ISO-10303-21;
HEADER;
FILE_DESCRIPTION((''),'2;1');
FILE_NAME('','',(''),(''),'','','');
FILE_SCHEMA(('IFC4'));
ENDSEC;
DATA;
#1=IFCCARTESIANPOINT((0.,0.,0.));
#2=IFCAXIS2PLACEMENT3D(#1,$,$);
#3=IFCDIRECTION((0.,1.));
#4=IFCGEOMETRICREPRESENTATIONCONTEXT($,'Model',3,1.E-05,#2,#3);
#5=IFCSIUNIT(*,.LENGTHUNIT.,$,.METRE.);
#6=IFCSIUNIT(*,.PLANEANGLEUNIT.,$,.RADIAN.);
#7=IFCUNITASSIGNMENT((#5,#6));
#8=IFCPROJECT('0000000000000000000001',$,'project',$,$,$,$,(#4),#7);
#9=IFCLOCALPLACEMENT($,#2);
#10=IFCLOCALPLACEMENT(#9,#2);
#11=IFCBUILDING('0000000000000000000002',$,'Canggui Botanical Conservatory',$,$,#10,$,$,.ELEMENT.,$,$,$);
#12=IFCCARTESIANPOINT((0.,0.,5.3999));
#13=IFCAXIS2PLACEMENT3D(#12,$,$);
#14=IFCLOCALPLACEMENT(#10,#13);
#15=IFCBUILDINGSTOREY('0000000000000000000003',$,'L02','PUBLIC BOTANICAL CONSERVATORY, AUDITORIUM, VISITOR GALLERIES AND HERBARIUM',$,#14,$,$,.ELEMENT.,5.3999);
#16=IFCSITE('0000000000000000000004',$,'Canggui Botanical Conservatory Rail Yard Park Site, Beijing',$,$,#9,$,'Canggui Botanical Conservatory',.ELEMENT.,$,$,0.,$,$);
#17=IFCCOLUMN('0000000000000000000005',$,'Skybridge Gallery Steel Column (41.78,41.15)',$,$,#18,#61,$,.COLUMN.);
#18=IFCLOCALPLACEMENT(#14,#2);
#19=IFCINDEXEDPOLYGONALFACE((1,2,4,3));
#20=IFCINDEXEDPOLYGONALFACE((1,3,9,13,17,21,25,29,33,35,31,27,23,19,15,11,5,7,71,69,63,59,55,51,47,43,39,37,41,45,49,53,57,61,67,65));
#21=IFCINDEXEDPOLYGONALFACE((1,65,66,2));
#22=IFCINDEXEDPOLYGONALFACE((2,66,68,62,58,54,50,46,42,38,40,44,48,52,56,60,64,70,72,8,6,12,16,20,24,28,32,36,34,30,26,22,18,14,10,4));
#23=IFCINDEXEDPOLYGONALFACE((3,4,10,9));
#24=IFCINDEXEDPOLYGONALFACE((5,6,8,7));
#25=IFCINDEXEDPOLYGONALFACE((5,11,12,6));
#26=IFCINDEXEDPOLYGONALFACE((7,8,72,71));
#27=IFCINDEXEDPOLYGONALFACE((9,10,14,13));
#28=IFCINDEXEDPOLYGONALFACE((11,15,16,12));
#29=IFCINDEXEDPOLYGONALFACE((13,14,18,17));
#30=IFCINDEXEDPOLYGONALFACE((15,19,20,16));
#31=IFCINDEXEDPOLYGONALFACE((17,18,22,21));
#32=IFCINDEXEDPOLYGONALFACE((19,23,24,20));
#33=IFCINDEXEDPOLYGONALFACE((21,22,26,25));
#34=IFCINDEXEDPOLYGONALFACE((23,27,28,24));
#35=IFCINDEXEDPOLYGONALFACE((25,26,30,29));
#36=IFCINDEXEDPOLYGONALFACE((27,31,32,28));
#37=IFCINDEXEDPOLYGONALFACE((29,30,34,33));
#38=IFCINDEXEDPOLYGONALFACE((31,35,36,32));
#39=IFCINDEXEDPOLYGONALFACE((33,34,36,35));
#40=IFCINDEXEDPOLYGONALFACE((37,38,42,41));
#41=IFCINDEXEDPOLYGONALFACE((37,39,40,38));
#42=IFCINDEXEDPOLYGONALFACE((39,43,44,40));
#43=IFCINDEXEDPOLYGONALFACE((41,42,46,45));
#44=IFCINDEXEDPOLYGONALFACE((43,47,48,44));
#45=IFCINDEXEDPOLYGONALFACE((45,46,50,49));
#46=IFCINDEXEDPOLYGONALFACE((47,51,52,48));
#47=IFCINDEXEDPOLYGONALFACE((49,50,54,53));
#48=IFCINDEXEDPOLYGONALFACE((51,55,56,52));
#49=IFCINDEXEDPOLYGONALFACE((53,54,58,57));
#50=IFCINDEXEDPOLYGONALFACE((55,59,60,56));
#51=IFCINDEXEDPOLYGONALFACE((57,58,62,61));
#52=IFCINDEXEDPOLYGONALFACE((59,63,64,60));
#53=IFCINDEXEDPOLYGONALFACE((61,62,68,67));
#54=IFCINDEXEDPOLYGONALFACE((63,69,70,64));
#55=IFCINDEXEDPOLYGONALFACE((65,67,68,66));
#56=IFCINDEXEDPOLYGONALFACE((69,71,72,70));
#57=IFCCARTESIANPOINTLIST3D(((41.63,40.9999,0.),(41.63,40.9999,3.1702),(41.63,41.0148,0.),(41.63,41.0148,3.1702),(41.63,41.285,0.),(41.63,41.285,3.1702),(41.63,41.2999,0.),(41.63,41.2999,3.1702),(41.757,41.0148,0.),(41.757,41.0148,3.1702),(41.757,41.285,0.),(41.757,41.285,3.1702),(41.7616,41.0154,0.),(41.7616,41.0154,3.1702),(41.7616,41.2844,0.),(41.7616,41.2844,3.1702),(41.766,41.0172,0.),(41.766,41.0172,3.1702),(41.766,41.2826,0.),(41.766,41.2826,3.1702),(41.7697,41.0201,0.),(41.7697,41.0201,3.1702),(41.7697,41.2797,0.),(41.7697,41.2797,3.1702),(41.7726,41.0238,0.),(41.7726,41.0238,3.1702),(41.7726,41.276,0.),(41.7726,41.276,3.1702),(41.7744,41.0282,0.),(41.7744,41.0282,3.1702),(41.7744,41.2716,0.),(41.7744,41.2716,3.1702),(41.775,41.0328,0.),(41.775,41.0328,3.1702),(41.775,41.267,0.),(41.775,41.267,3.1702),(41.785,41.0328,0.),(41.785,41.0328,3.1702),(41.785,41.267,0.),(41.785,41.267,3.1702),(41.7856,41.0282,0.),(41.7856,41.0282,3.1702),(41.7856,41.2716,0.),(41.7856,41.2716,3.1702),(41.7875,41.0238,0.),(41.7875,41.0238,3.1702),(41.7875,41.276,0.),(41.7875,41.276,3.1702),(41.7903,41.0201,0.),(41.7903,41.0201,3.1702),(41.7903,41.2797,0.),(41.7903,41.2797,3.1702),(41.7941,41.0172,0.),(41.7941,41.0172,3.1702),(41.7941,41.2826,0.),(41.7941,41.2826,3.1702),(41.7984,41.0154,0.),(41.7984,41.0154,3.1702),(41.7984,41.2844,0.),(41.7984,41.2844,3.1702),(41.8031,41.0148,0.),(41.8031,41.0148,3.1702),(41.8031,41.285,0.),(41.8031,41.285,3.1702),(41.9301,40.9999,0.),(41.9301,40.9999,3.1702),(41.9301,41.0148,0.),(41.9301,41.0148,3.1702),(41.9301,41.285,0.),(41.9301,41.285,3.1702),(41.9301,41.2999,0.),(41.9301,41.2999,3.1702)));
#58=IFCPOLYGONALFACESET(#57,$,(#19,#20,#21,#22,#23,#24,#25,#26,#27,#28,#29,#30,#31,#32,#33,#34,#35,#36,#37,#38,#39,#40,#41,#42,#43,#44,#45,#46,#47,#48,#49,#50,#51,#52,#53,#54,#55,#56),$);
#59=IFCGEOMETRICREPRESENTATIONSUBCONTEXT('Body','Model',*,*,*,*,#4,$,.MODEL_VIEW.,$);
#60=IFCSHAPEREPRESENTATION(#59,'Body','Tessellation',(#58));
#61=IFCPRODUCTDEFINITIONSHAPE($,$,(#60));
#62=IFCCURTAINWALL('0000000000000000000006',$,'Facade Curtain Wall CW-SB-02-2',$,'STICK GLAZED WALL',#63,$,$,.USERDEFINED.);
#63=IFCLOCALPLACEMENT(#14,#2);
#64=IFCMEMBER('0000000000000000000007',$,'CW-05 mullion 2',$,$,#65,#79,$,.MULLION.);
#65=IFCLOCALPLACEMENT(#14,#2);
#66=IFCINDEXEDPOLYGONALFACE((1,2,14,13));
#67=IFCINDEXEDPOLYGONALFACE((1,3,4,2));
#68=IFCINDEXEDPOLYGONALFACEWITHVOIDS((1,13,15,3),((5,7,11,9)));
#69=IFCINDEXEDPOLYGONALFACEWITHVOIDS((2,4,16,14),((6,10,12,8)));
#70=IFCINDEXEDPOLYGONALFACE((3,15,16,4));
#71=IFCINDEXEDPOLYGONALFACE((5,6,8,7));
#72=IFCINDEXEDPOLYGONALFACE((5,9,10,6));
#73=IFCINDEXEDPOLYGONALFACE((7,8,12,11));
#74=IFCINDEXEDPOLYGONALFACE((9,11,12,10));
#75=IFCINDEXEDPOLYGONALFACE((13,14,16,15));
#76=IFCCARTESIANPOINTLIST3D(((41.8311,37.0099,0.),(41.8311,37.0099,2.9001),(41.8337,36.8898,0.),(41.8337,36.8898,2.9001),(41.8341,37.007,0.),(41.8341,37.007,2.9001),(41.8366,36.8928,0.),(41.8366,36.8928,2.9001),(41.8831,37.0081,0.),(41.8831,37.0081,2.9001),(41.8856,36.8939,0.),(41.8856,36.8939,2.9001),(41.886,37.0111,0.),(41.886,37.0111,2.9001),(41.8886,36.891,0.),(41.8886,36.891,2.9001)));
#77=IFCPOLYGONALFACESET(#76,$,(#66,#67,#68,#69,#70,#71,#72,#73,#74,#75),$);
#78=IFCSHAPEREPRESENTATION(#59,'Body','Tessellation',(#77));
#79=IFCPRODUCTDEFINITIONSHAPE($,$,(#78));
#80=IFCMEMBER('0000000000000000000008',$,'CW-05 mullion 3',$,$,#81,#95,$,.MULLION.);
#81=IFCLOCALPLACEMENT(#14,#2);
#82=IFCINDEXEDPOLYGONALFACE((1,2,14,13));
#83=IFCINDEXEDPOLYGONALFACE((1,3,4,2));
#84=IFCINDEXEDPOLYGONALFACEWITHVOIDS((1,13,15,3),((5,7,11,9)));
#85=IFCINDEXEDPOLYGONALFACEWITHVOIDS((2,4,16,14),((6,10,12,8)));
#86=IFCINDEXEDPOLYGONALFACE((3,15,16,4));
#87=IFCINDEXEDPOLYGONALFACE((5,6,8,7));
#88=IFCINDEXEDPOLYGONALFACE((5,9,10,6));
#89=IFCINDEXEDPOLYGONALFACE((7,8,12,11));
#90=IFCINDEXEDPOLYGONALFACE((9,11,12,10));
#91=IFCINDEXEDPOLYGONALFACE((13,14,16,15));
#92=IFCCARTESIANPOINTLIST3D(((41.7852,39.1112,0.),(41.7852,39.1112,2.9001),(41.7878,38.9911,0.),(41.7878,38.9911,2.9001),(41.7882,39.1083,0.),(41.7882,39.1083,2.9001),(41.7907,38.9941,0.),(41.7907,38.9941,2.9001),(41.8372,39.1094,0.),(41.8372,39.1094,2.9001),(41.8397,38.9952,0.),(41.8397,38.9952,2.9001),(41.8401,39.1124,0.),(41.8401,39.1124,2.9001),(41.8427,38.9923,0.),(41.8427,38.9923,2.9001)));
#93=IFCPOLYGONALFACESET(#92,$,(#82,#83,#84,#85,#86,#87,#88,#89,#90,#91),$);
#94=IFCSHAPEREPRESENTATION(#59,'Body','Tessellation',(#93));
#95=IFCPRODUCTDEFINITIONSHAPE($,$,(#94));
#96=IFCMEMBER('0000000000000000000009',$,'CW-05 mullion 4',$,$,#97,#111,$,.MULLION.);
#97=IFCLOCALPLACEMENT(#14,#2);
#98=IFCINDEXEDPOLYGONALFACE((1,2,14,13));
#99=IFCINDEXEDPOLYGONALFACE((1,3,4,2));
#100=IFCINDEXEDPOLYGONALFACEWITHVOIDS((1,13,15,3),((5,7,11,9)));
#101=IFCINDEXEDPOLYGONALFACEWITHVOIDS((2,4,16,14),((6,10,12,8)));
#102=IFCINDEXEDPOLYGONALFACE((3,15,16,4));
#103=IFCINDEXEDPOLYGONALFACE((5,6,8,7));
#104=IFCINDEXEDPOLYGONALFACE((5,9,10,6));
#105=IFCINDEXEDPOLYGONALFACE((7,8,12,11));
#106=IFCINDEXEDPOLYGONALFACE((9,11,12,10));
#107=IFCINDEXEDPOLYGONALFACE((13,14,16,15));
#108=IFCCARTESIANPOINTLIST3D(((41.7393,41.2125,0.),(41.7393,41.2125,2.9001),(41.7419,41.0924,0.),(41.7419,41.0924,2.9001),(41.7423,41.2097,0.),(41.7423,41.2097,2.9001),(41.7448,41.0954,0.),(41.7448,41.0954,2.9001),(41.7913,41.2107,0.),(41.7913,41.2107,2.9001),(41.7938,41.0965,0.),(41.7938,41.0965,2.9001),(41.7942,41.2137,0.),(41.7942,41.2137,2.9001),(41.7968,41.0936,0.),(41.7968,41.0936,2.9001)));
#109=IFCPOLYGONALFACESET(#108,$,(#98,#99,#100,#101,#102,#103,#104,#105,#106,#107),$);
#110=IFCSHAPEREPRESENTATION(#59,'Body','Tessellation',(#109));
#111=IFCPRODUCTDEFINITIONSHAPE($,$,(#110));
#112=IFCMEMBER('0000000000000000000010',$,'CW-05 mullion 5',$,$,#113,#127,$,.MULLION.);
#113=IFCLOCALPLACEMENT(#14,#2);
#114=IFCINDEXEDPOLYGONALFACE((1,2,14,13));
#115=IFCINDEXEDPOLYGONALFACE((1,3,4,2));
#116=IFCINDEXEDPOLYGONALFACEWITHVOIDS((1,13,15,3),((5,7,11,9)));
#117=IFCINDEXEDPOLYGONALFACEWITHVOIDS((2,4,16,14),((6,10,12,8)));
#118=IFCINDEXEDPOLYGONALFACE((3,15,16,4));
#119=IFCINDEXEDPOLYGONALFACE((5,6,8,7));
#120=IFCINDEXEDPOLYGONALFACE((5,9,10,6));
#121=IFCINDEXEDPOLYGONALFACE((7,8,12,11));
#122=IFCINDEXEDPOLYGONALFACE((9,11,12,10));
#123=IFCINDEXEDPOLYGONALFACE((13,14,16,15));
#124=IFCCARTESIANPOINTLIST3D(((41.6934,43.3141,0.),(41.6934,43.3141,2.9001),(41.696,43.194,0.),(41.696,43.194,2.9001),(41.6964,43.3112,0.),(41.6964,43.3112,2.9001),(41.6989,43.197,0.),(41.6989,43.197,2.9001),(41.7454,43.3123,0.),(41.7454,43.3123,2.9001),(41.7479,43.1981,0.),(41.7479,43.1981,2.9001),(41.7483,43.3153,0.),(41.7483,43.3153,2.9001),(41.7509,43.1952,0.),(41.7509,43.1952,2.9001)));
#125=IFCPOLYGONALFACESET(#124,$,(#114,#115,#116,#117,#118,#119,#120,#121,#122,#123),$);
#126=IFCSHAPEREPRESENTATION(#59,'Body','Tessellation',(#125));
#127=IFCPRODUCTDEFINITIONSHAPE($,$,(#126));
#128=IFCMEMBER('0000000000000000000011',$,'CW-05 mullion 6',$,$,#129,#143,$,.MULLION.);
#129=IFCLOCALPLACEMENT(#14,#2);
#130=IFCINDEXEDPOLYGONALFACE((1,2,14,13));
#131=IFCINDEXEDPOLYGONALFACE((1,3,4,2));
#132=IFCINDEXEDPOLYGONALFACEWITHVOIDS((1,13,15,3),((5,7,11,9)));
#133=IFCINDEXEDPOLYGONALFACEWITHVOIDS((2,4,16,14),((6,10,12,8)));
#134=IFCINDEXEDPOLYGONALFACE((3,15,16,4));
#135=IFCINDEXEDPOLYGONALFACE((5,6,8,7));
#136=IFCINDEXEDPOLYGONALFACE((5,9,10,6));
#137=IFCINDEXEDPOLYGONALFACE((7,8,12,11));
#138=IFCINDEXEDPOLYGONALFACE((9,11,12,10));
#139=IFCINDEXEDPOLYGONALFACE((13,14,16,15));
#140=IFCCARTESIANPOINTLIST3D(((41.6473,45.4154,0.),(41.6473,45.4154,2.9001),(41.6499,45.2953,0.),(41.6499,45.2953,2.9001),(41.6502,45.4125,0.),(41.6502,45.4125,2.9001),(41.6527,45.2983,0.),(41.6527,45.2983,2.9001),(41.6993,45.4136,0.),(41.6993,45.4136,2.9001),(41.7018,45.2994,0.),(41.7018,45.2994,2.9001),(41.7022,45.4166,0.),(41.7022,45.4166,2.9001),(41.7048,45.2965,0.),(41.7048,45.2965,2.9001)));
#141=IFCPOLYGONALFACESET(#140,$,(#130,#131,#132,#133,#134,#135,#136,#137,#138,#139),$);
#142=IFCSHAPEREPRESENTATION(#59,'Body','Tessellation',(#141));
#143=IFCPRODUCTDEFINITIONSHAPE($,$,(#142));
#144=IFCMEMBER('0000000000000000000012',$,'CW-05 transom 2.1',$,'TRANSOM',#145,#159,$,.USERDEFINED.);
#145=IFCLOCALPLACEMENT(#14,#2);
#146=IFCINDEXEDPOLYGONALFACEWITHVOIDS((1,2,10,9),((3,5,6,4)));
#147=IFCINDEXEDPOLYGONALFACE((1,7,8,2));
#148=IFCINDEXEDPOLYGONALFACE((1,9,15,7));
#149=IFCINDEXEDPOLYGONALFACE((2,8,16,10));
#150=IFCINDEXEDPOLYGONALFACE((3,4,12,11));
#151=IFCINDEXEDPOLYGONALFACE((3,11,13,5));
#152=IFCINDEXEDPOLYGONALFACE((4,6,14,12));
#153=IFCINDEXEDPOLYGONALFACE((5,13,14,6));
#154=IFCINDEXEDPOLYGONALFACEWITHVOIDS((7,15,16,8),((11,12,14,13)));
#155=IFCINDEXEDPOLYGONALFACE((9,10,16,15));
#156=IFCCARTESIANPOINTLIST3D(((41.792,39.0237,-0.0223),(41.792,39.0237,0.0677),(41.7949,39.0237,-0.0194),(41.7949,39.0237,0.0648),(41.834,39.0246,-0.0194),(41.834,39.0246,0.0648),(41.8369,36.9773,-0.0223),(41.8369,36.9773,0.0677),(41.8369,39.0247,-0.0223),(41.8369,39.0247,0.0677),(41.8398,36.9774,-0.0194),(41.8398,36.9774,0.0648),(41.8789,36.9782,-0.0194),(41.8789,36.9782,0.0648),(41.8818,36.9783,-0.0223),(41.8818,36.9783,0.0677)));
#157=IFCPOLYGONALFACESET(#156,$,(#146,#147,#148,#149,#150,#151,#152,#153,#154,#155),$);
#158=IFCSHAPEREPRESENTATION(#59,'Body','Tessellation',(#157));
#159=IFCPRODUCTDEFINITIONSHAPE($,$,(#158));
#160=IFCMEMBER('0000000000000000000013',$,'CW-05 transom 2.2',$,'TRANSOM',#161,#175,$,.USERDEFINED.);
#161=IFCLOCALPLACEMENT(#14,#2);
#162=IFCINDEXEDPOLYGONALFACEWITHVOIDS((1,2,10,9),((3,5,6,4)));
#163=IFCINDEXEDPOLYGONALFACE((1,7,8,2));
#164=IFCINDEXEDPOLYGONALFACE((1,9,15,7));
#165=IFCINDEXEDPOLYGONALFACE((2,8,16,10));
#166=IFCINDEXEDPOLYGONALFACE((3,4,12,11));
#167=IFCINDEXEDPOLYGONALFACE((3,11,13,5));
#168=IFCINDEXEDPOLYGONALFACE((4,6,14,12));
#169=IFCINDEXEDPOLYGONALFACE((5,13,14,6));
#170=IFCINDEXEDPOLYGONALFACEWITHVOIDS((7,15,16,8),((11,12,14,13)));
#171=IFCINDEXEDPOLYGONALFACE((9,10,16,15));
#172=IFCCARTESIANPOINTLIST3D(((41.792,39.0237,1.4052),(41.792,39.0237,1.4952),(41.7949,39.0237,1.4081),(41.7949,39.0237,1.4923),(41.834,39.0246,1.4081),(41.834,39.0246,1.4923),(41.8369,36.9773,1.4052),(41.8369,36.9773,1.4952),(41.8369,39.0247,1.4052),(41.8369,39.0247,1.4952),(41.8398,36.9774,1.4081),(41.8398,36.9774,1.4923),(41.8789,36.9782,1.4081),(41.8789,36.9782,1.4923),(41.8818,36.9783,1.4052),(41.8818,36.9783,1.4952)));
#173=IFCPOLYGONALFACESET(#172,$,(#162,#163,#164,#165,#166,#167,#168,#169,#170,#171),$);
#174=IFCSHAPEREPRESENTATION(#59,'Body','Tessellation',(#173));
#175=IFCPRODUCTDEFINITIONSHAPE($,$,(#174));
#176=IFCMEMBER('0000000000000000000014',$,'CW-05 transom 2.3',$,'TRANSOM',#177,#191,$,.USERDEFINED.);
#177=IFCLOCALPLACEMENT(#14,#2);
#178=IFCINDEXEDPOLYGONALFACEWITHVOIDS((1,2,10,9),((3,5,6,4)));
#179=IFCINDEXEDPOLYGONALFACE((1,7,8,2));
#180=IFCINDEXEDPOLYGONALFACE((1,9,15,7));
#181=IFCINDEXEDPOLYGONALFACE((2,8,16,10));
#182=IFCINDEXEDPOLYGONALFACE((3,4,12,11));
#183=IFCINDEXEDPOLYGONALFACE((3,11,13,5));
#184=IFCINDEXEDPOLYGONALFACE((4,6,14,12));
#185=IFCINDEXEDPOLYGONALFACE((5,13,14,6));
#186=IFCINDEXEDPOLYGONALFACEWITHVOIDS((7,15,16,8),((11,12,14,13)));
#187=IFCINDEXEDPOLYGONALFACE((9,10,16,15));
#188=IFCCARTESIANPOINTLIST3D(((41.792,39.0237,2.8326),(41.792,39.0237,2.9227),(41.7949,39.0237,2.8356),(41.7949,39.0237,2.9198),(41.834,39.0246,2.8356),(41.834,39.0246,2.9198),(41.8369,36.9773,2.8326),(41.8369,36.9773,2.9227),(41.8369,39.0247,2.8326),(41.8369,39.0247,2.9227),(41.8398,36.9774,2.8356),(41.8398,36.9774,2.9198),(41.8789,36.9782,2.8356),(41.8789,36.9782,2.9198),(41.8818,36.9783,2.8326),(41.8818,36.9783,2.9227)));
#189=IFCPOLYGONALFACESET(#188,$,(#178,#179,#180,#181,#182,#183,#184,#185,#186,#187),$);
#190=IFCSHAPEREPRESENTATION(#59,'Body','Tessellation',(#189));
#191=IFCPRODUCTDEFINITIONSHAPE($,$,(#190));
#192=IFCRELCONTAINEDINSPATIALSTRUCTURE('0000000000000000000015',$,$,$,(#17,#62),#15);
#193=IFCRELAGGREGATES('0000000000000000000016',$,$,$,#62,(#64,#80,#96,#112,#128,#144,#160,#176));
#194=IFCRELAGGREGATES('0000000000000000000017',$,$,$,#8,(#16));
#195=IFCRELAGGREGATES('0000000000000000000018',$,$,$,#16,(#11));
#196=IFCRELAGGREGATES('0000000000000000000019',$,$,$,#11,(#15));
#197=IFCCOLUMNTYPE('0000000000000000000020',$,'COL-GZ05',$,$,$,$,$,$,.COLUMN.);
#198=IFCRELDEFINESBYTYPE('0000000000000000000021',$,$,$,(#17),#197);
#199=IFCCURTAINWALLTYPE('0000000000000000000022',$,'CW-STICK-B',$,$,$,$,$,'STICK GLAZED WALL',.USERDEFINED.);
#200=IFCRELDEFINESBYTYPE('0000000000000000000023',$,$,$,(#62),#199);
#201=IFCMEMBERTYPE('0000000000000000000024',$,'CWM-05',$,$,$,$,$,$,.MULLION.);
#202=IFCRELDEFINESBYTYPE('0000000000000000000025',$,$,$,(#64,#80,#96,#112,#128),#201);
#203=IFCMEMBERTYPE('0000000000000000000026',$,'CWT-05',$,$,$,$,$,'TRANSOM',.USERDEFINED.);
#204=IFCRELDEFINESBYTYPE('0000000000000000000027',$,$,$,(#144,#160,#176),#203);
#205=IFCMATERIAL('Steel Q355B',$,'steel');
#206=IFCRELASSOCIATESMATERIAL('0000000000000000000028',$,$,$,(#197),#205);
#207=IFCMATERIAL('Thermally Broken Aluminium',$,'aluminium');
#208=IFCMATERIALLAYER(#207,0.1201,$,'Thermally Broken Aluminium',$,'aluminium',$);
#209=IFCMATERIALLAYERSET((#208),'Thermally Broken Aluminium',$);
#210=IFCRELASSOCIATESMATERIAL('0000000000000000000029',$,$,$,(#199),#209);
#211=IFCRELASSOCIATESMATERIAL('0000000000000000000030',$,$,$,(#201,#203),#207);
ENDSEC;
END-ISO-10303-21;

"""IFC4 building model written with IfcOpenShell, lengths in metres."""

from ifc_helpers import new_model, si_unit, direction, frame, origin, origin_2d, place, context, subcontext, project, spatial, hollow_rectangle, i_section, extrude, material, layer, layer_set, material_profile, profile_set, type_object, element, aggregate, save


model = new_model("IFC4")

# Units and contexts
model_context = context("Model", 3, precision=1e-05, world=origin(), true_north=direction((0.0, 1.0)))
body_context = subcontext(model_context, "Body", "Model", "MODEL_VIEW")
ifc_project = project(units=[si_unit("LENGTHUNIT", "METRE"), si_unit("PLANEANGLEUNIT", "RADIAN")], contexts=[model_context])

# Site, building, storey
site_placement = place(None, origin())
site = spatial("IfcSite", under=ifc_project, at=site_placement, Name="Canggui Botanical Conservatory Rail Yard Park Site, Beijing", LongName="Canggui Botanical Conservatory", CompositionType="ELEMENT", RefElevation=0.0)
building_placement = place(site_placement, origin())
building = spatial("IfcBuilding", under=site, at=building_placement, Name="Canggui Botanical Conservatory", CompositionType="ELEMENT")
storey_placement = place(building_placement, frame((0.0, 0.0, 5.3999)))
storey = spatial("IfcBuildingStorey", under=building, at=storey_placement, Name="L02", Description="PUBLIC BOTANICAL CONSERVATORY, AUDITORIUM, VISITOR GALLERIES AND HERBARIUM", CompositionType="ELEMENT", Elevation=5.3999)

# Column
ifc_material_1 = material(Name="Steel Q355B", Category="steel")
ifc_material_profile_1 = material_profile(ifc_material_1, i_section(OverallWidth=0.3, OverallDepth=0.3, WebThickness=0.01, FlangeThickness=0.0149, FilletRadius=0.0181, at=origin_2d()), Name="HW 300x300x10x15")
ifc_profile_set_1 = profile_set([ifc_material_profile_1], Name="Steel Q355B")
column_type = type_object("IfcColumnType", Name="COL-GZ05", PredefinedType="COLUMN", material=ifc_profile_set_1)
column_placement = place(storey_placement, frame((41.78, 41.1499, 0.0), z_axis=(0.0, 0.0, 1.0), x_axis=(1.0, 0.0, 0.0)))
element("IfcColumn", 1, at=column_placement, inside=storey, type_object=column_type, Name="Skybridge Gallery Steel Column (41.78,41.15)", PredefinedType="COLUMN", context=body_context, shape_type="SweptSolid", body=[
    extrude(i_section(OverallWidth=0.3, OverallDepth=0.3, WebThickness=0.01, FlangeThickness=0.0149, FilletRadius=0.0181, at=origin_2d()), origin(), (0.0, 0.0, 1.0), 3.1702),
])

# Curtain wall, members
ifc_material_2 = material(Name="Thermally Broken Aluminium", Category="aluminium")
ifc_layer_1 = layer(ifc_material_2, 0.1201, Name="Thermally Broken Aluminium", Category="aluminium")
ifc_layer_set_1 = layer_set([ifc_layer_1], Name="Thermally Broken Aluminium")
curtain_wall_type = type_object("IfcCurtainWallType", Name="CW-STICK-B", ElementType="STICK GLAZED WALL", PredefinedType="USERDEFINED", material=ifc_layer_set_1)
curtain_wall_placement = place(storey_placement, origin())
curtain_wall = element("IfcCurtainWall", 2, at=curtain_wall_placement, inside=storey, type_object=curtain_wall_type, Name="Facade Curtain Wall CW-SB-02-2", ObjectType="STICK GLAZED WALL", PredefinedType="USERDEFINED")
ifc_material_profile_2 = material_profile(ifc_material_2, hollow_rectangle(XDim=0.0549, YDim=0.1201, WallThickness=0.0029, at=origin_2d()), Name="CWM 55x120x3")
ifc_profile_set_2 = profile_set([ifc_material_profile_2], Name="Thermally Broken Aluminium")
member_type_1 = type_object("IfcMemberType", Name="CWM-05", PredefinedType="MULLION", material=ifc_profile_set_2)
member_1_placement = place(storey_placement, frame((41.8599, 36.9504, 0.0), z_axis=(0.0, 0.0, 1.0), x_axis=(-0.999761, -0.021853, 0.0)))
member_1 = element("IfcMember", 3, at=member_1_placement, type_object=member_type_1, Name="CW-05 mullion 2", PredefinedType="MULLION", context=body_context, shape_type="SweptSolid", body=[
    extrude(hollow_rectangle(XDim=0.0549, YDim=0.1201, WallThickness=0.0029, at=origin_2d()), origin(), (0.0, 0.0, 1.0), 2.9001),
])
member_2_placement = place(storey_placement, frame((41.814, 39.0518, 0.0), z_axis=(0.0, 0.0, 1.0), x_axis=(-0.999761, -0.021853, 0.0)))
member_2 = element("IfcMember", 4, at=member_2_placement, type_object=member_type_1, Name="CW-05 mullion 3", PredefinedType="MULLION", context=body_context, shape_type="SweptSolid", body=[
    extrude(hollow_rectangle(XDim=0.0549, YDim=0.1201, WallThickness=0.0029, at=origin_2d()), origin(), (0.0, 0.0, 1.0), 2.9001),
])
member_3_placement = place(storey_placement, frame((41.7681, 41.1531, 0.0), z_axis=(0.0, 0.0, 1.0), x_axis=(-0.999761, -0.021853, 0.0)))
member_3 = element("IfcMember", 5, at=member_3_placement, type_object=member_type_1, Name="CW-05 mullion 4", PredefinedType="MULLION", context=body_context, shape_type="SweptSolid", body=[
    extrude(hollow_rectangle(XDim=0.0549, YDim=0.1201, WallThickness=0.0029, at=origin_2d()), origin(), (0.0, 0.0, 1.0), 2.9001),
])
member_4_placement = place(storey_placement, frame((41.7222, 43.2546, 0.0), z_axis=(0.0, 0.0, 1.0), x_axis=(-0.999761, -0.021853, 0.0)))
member_4 = element("IfcMember", 6, at=member_4_placement, type_object=member_type_1, Name="CW-05 mullion 5", PredefinedType="MULLION", context=body_context, shape_type="SweptSolid", body=[
    extrude(hollow_rectangle(XDim=0.0549, YDim=0.1201, WallThickness=0.0029, at=origin_2d()), origin(), (0.0, 0.0, 1.0), 2.9001),
])
member_5_placement = place(storey_placement, frame((41.676, 45.356, 0.0), z_axis=(0.0, 0.0, 1.0), x_axis=(-0.999761, -0.021853, 0.0)))
member_5 = element("IfcMember", 7, at=member_5_placement, type_object=member_type_1, Name="CW-05 mullion 6", PredefinedType="MULLION", context=body_context, shape_type="SweptSolid", body=[
    extrude(hollow_rectangle(XDim=0.0549, YDim=0.1201, WallThickness=0.0029, at=origin_2d()), origin(), (0.0, 0.0, 1.0), 2.9001),
])
ifc_material_profile_3 = material_profile(ifc_material_2, hollow_rectangle(XDim=0.0449, YDim=0.0901, WallThickness=0.0029, at=origin_2d()), Name="CWT 45x90x3")
ifc_profile_set_3 = profile_set([ifc_material_profile_3], Name="Thermally Broken Aluminium")
member_type_2 = type_object("IfcMemberType", Name="CWT-05", ElementType="TRANSOM", PredefinedType="USERDEFINED", material=ifc_profile_set_3)
member_6_placement = place(storey_placement, frame((41.8594, 36.9778, 0.0227), z_axis=(-0.021947, 0.999759, 0.0), x_axis=(-0.999759, -0.021947, 0.0)))
member_6 = element("IfcMember", 8, at=member_6_placement, type_object=member_type_2, Name="CW-05 transom 2.1", ObjectType="TRANSOM", PredefinedType="USERDEFINED", context=body_context, shape_type="SweptSolid", body=[
    extrude(hollow_rectangle(XDim=0.0449, YDim=0.0901, WallThickness=0.0029, at=origin_2d()), origin(), (0.0, 0.0, 1.0), 2.0469),
])
member_7_placement = place(storey_placement, frame((41.8594, 36.9778, 1.4502), z_axis=(-0.021947, 0.999759, 0.0), x_axis=(-0.999759, -0.021947, 0.0)))
member_7 = element("IfcMember", 9, at=member_7_placement, type_object=member_type_2, Name="CW-05 transom 2.2", ObjectType="TRANSOM", PredefinedType="USERDEFINED", context=body_context, shape_type="SweptSolid", body=[
    extrude(hollow_rectangle(XDim=0.0449, YDim=0.0901, WallThickness=0.0029, at=origin_2d()), origin(), (0.0, 0.0, 1.0), 2.0469),
])
member_8_placement = place(storey_placement, frame((41.8594, 36.9778, 2.8777), z_axis=(-0.021947, 0.999759, 0.0), x_axis=(-0.999759, -0.021947, 0.0)))
member_8 = element("IfcMember", 10, at=member_8_placement, type_object=member_type_2, Name="CW-05 transom 2.3", ObjectType="TRANSOM", PredefinedType="USERDEFINED", context=body_context, shape_type="SweptSolid", body=[
    extrude(hollow_rectangle(XDim=0.0449, YDim=0.0901, WallThickness=0.0029, at=origin_2d()), origin(), (0.0, 0.0, 1.0), 2.0469),
])

aggregate(curtain_wall, [member_1, member_2, member_3, member_4, member_5, member_6, member_7, member_8])

save(model, "model.ifc")
